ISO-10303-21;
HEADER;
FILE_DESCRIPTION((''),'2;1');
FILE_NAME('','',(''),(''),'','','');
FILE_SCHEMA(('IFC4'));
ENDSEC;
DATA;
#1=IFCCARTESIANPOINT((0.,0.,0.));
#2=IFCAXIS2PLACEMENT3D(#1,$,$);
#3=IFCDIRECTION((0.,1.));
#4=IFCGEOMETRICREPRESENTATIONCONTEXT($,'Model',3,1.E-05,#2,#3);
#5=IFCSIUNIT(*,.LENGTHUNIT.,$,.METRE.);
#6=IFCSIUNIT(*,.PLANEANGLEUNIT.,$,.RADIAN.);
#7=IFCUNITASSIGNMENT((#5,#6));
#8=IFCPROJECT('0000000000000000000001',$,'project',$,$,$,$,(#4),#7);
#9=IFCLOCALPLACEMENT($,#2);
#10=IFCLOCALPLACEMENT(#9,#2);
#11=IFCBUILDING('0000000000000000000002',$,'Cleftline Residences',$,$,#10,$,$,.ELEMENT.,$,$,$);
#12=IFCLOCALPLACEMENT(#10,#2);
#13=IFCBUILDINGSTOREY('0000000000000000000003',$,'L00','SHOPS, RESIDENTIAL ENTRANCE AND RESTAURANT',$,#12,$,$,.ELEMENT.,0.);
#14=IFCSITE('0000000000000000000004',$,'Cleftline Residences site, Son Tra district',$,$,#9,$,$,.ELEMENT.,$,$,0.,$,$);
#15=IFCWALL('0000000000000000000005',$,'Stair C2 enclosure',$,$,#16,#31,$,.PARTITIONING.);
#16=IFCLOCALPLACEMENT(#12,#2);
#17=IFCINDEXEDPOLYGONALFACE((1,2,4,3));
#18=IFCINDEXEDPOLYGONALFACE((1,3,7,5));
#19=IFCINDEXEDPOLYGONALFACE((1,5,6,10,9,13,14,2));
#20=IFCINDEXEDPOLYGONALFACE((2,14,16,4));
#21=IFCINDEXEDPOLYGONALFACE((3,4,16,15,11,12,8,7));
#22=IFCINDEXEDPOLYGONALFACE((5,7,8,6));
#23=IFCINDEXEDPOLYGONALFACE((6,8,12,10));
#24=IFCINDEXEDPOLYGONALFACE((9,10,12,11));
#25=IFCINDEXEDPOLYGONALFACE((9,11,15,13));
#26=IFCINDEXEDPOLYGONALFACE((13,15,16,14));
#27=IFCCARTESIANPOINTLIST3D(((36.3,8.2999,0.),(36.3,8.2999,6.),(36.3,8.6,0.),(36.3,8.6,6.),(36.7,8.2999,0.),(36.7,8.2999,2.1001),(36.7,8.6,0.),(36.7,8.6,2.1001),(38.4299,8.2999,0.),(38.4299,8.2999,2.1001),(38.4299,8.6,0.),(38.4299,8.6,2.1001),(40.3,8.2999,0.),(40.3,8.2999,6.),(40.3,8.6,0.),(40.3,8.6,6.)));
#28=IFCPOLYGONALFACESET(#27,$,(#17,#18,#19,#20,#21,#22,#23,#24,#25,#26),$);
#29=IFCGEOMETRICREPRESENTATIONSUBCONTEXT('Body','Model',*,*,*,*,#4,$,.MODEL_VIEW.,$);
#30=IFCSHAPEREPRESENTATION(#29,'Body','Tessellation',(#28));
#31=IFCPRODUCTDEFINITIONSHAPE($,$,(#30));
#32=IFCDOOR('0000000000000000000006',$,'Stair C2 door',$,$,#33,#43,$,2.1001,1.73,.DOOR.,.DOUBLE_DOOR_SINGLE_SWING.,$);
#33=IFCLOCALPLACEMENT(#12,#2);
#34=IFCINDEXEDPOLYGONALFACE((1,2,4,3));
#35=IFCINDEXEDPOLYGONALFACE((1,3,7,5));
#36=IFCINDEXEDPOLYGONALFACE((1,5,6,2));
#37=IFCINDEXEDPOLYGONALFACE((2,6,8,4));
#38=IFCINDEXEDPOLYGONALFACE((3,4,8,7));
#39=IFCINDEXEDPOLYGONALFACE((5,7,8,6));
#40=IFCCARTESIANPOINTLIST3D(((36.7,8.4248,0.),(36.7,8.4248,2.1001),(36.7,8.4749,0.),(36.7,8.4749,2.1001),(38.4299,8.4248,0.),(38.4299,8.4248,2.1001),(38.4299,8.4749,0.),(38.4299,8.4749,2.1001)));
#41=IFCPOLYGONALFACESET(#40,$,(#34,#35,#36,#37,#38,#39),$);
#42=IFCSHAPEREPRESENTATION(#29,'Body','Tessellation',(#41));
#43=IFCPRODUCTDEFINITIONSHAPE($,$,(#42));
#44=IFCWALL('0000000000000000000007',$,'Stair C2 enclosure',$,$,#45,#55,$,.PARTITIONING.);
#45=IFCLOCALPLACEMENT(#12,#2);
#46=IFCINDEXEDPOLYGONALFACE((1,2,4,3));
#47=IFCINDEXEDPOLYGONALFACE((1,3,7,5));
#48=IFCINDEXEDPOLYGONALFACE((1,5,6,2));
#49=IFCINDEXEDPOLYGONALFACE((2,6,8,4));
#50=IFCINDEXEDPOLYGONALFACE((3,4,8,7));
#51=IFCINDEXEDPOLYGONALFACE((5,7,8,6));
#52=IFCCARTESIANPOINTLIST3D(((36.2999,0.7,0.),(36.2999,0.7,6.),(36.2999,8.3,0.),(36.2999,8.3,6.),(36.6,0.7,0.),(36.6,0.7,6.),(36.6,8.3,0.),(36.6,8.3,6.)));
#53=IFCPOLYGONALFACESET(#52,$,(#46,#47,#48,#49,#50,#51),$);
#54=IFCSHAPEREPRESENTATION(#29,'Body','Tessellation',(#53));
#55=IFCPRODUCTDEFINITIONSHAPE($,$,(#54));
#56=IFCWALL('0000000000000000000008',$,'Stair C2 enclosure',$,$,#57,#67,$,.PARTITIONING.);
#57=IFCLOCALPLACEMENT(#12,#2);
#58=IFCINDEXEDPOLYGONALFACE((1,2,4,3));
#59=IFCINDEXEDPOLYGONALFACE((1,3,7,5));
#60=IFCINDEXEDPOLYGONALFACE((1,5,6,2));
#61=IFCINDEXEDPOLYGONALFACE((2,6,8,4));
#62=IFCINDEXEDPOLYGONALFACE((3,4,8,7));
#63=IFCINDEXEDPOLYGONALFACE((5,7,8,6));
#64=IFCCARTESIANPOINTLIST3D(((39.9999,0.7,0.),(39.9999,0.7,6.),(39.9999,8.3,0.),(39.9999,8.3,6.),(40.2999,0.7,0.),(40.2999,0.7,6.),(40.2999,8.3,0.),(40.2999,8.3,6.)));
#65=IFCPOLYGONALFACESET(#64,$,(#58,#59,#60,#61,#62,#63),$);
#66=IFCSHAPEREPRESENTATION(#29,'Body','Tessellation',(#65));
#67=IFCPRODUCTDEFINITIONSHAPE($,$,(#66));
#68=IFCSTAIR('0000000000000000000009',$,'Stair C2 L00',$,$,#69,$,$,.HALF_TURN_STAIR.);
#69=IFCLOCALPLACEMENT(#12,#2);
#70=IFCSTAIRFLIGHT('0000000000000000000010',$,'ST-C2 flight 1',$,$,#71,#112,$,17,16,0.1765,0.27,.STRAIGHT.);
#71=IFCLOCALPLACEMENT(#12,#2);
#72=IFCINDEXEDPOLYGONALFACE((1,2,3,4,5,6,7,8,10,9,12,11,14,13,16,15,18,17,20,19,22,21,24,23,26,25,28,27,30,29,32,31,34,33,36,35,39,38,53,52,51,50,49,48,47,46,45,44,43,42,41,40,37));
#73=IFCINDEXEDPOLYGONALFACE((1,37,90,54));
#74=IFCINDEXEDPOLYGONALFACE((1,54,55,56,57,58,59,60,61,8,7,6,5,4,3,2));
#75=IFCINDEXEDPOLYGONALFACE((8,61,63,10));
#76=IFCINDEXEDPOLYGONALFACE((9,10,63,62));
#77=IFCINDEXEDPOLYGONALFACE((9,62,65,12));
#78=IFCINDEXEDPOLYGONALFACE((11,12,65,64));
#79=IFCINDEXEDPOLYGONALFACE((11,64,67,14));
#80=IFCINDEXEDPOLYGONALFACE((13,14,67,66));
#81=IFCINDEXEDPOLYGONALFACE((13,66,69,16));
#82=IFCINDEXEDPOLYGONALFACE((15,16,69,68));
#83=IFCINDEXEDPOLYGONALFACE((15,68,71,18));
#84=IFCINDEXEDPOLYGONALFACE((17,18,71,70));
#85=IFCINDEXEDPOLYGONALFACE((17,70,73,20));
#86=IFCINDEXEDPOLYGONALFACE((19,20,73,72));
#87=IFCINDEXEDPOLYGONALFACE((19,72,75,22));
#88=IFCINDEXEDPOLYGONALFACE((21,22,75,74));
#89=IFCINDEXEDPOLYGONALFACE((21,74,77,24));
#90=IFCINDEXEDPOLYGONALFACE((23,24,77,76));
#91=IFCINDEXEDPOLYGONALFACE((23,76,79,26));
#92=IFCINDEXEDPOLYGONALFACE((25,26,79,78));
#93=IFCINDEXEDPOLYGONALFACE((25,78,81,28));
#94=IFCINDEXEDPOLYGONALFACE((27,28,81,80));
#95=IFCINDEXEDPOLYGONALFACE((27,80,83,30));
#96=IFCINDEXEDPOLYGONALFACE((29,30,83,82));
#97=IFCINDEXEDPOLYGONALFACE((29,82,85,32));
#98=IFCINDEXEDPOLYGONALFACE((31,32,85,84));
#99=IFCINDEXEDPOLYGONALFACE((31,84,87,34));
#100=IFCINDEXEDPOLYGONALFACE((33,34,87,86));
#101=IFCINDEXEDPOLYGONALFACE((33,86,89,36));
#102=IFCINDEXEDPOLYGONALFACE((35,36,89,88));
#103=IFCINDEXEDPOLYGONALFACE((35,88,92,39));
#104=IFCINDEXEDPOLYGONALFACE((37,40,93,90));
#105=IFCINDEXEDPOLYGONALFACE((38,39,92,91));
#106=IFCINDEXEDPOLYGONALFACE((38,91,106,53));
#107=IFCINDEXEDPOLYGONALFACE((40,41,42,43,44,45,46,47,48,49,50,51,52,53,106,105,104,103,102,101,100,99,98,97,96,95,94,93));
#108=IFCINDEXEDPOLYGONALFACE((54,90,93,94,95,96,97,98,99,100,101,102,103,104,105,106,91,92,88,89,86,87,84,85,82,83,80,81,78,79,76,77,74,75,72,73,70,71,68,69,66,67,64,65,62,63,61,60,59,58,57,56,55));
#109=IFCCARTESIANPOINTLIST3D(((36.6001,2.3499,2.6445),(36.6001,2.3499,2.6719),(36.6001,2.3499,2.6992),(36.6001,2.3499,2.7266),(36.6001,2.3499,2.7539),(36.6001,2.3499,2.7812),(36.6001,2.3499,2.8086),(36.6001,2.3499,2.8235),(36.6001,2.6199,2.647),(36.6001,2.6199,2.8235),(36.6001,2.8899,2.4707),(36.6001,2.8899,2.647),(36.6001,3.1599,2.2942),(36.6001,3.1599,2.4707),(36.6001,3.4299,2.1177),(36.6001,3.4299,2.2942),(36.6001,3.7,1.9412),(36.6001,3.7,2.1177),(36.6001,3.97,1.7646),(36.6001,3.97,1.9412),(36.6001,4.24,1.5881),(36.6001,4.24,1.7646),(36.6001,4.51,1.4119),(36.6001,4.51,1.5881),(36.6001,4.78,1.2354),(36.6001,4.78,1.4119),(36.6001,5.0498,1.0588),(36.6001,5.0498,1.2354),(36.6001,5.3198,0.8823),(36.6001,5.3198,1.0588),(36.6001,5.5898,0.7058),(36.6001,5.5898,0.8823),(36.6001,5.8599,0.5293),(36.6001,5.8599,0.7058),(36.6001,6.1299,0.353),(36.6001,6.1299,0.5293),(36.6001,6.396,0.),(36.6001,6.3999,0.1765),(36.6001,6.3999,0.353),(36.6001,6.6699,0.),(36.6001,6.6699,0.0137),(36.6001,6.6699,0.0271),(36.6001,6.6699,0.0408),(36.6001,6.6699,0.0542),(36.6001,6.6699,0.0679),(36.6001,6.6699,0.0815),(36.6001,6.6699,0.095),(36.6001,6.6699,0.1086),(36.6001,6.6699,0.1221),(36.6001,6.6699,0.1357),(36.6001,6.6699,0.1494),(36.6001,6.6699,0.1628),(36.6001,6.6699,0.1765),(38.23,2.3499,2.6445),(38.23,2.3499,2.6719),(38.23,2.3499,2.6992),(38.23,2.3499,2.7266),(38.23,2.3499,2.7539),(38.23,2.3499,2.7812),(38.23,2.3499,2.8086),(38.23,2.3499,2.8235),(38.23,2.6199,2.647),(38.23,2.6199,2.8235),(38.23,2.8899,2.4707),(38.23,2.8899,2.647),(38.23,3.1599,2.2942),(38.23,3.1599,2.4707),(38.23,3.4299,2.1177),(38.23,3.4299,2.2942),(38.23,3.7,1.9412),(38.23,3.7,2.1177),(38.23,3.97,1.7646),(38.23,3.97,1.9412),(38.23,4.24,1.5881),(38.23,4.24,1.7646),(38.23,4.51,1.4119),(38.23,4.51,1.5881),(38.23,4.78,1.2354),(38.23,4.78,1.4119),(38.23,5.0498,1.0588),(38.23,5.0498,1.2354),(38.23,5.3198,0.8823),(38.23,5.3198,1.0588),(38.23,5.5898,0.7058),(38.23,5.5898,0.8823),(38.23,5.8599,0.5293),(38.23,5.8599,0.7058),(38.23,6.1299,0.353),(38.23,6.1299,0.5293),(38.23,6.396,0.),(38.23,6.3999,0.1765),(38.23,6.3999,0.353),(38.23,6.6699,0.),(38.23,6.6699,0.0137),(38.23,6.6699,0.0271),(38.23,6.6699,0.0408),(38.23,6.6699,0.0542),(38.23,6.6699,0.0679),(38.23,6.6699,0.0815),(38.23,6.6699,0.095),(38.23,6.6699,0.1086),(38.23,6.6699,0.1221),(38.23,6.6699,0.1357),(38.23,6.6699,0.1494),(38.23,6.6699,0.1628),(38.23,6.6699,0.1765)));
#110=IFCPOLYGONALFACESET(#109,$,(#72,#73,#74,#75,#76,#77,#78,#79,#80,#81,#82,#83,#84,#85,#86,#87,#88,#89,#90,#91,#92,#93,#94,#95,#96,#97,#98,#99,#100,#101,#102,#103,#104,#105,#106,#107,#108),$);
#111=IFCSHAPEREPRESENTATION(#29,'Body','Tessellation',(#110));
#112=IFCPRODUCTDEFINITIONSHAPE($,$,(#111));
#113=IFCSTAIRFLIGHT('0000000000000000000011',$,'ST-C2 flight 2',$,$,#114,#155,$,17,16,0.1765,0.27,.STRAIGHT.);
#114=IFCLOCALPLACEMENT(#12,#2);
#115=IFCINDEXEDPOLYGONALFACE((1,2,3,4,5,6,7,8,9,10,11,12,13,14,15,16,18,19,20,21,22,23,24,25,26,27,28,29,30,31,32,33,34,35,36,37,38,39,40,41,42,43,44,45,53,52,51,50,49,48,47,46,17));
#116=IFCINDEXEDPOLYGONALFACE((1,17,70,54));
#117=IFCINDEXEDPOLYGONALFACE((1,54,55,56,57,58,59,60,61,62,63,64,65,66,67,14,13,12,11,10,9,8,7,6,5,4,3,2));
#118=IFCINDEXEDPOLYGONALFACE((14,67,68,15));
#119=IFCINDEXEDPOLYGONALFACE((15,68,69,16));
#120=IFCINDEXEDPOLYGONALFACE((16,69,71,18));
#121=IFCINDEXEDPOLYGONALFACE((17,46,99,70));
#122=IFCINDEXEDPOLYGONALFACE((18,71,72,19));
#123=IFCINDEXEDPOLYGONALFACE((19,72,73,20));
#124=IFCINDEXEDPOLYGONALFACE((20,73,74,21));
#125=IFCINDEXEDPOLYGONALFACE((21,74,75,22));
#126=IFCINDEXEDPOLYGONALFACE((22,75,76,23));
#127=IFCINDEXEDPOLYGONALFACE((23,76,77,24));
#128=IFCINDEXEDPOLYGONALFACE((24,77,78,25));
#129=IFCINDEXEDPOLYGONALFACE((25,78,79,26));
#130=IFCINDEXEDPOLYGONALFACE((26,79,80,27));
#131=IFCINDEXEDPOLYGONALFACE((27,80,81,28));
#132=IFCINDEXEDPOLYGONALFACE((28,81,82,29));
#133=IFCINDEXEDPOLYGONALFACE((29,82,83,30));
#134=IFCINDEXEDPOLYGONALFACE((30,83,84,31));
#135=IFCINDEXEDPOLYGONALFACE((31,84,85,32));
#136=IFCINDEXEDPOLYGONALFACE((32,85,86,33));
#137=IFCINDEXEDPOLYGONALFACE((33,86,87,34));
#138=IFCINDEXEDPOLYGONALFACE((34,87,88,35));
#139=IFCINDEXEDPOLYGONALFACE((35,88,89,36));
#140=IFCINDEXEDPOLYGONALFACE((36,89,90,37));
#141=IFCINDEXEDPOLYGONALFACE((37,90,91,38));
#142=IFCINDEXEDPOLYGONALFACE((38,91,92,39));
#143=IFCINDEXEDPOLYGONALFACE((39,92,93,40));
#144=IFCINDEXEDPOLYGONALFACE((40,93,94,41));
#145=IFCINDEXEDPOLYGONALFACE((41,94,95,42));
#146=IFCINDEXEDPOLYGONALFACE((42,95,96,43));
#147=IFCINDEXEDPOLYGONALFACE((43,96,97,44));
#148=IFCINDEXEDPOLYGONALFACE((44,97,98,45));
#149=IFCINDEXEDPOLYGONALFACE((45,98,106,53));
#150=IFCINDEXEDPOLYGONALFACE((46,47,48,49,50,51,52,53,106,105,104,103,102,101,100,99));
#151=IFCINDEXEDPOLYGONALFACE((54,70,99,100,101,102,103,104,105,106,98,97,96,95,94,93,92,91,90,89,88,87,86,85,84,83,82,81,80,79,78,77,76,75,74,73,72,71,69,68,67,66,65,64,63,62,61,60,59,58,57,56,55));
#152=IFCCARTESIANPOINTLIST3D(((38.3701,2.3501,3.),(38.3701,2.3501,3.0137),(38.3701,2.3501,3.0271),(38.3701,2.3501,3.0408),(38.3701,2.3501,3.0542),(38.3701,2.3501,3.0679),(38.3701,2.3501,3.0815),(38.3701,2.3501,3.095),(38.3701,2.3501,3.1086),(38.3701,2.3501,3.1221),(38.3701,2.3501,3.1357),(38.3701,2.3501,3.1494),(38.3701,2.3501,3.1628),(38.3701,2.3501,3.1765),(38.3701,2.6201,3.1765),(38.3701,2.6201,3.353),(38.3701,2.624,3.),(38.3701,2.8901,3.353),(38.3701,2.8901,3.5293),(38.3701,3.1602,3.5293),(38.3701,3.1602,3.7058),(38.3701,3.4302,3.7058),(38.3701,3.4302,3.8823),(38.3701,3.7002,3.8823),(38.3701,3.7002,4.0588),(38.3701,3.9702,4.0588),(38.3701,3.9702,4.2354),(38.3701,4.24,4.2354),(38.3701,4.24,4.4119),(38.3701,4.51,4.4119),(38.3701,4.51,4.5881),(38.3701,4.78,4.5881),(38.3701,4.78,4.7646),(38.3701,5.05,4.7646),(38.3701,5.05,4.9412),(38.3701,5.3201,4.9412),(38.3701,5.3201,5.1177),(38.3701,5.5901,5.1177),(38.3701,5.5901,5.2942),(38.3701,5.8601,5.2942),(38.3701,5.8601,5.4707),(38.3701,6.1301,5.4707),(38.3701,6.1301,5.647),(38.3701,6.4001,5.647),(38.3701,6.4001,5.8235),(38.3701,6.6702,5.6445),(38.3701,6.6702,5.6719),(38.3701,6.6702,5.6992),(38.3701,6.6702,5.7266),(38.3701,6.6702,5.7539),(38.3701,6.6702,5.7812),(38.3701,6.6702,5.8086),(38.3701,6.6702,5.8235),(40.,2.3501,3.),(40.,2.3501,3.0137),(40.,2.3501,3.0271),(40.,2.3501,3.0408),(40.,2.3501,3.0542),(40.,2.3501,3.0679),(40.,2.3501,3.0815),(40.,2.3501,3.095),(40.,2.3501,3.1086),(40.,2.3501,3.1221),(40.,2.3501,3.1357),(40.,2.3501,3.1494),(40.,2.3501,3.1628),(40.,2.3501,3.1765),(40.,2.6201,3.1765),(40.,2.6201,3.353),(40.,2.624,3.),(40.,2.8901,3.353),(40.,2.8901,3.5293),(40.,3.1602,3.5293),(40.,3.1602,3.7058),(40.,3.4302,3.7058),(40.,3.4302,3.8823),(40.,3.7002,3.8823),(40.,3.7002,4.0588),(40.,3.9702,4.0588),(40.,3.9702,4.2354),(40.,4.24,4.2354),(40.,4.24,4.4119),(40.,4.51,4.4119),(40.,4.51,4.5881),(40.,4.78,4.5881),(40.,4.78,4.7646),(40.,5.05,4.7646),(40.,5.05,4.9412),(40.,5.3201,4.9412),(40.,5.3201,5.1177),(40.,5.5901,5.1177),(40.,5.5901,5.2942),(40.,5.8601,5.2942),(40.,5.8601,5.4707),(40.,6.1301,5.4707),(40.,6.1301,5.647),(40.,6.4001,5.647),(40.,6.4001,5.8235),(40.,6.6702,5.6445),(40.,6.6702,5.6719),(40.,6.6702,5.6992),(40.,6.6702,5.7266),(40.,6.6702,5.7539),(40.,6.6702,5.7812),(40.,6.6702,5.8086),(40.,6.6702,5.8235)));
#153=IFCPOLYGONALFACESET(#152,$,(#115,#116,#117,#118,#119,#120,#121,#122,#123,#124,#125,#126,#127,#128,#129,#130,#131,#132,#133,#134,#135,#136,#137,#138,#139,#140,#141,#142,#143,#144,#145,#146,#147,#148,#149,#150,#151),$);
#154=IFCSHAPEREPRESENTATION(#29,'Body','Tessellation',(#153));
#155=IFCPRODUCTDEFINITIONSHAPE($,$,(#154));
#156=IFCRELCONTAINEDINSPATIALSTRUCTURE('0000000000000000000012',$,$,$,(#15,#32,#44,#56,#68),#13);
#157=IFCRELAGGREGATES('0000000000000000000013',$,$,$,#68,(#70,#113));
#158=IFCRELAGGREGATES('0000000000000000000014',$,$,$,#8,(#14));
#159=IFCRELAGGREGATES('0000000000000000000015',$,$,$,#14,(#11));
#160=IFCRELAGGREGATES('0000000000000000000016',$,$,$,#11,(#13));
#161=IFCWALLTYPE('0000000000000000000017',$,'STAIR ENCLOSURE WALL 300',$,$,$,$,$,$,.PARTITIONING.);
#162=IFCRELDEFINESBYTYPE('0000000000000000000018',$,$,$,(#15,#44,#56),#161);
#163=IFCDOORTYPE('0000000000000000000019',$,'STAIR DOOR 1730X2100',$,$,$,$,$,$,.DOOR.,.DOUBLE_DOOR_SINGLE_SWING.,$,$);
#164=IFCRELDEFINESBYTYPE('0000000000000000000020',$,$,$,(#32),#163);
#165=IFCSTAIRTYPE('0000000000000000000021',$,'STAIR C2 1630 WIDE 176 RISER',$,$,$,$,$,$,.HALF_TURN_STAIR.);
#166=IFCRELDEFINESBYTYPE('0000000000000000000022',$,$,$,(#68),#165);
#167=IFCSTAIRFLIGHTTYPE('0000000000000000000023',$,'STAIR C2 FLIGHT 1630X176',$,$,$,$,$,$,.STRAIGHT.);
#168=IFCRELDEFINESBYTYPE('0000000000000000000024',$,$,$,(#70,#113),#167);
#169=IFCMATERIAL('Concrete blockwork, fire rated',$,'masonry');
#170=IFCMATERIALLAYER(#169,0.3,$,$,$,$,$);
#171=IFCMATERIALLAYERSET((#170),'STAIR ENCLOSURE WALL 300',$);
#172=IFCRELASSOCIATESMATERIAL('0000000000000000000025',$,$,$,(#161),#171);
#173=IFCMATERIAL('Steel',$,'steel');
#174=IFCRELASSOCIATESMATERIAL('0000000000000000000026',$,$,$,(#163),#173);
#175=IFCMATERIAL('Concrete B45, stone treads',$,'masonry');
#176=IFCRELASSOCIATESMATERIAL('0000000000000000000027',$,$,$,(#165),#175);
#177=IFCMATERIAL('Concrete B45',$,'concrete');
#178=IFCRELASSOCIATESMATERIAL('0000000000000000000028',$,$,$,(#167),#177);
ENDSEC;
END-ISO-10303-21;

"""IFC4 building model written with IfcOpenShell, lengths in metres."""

from ifc_helpers import new_model, si_unit, direction, frame, frame_2d, origin, place, context, subcontext, project, spatial, polyline, rectangle, outline, extrude, material, layer, layer_set, type_object, element, fill, aggregate, save


model = new_model("IFC4")

# Units and contexts
model_context = context("Model", 3, precision=1e-05, world=origin(), true_north=direction((0.0, 1.0)))
body_context = subcontext(model_context, "Body", "Model", "MODEL_VIEW")
ifc_project = project(units=[si_unit("LENGTHUNIT", "METRE"), si_unit("PLANEANGLEUNIT", "RADIAN")], contexts=[model_context])

# Site, building, storey
site_placement = place(None, origin())
site = spatial("IfcSite", under=ifc_project, at=site_placement, Name="Cleftline Residences site, Son Tra district", CompositionType="ELEMENT", RefElevation=0.0)
building_placement = place(site_placement, origin())
building = spatial("IfcBuilding", under=site, at=building_placement, Name="Cleftline Residences", CompositionType="ELEMENT")
storey_placement = place(building_placement, origin())
storey = spatial("IfcBuildingStorey", under=building, at=storey_placement, Name="L00", Description="SHOPS, RESIDENTIAL ENTRANCE AND RESTAURANT", CompositionType="ELEMENT", Elevation=0.0)

# Shared definitions
ifc_material_1 = material(Name="Concrete blockwork, fire rated", Category="masonry")
ifc_layer_1 = layer(ifc_material_1, 0.3)
ifc_layer_set_1 = layer_set([ifc_layer_1], Name="STAIR ENCLOSURE WALL 300")
wall_type_1 = type_object("IfcWallType", Name="STAIR ENCLOSURE WALL 300", PredefinedType="PARTITIONING", material=ifc_layer_set_1)

# Wall, opening, door
wall_1_placement = place(storey_placement, frame((36.3, 8.45, 0.0), z_axis=(0.0, 0.0, 1.0), x_axis=(1.0, 0.0, 0.0)))
wall_1 = element("IfcWall", 1, at=wall_1_placement, inside=storey, type_object=wall_type_1, Name="Stair C2 enclosure", PredefinedType="PARTITIONING", context=body_context, shape_type="SweptSolid", body=[
    extrude(rectangle(XDim=4.0, YDim=0.3, at=frame_2d((2.0, 0.0))), origin(), (0.0, 0.0, 1.0), 6.0),
])
opening_1_placement = place(wall_1_placement, frame((0.3999, 0.0, 0.0)))
opening_1 = element("IfcOpeningElement", 2, at=opening_1_placement, cuts=wall_1, PredefinedType="OPENING", context=body_context, shape_type="SweptSolid", body=[
    extrude(rectangle(XDim=1.73, YDim=2.1001, at=frame_2d((0.865, 1.05))), frame((0.0, 0.1599, 0.0), z_axis=(0.0, -1.0, 0.0), x_axis=(1.0, 0.0, 0.0)), (0.0, 0.0, 1.0), 0.3201),
])
ifc_material_2 = material(Name="Steel", Category="steel")
door_type_1 = type_object("IfcDoorType", Name="STAIR DOOR 1730X2100", OperationType="DOUBLE_DOOR_SINGLE_SWING", PredefinedType="DOOR", material=ifc_material_2)
door_1_placement = place(opening_1_placement, origin())
door_1 = element("IfcDoor", 3, at=door_1_placement, inside=storey, type_object=door_type_1, Name="Stair C2 door", OperationType="DOUBLE_DOOR_SINGLE_SWING", OverallHeight=2.1001, OverallWidth=1.73, PredefinedType="DOOR", context=body_context, shape_type="SweptSolid", body=[
    extrude(rectangle(XDim=1.73, YDim=2.1001, at=frame_2d((0.865, 1.05))), frame((0.0, 0.0249, 0.0), z_axis=(0.0, -1.0, 0.0), x_axis=(1.0, 0.0, 0.0)), (0.0, 0.0, 1.0), 0.05),
])
fill(opening_1, door_1)

# Walls
for number, where, z_axis, x_axis, name in (
    (4, (36.45, 0.7, 0.0), (0.0, 0.0, 1.0), (0.0, 1.0, 0.0), "Stair C2 enclosure"),
    (5, (40.1499, 0.7, 0.0), (0.0, 0.0, 1.0), (0.0, 1.0, 0.0), "Stair C2 enclosure"),
):
    element("IfcWall", number, at=place(storey_placement, frame(where, z_axis=z_axis, x_axis=x_axis)), inside=storey, type_object=wall_type_1, Name=name, PredefinedType="PARTITIONING", context=body_context, shape_type="SweptSolid", body=[
        extrude(rectangle(XDim=7.6001, YDim=0.3, at=frame_2d((3.8, 0.0))), origin(), (0.0, 0.0, 1.0), 6.0),
    ])

# Stair, stair flights
ifc_material_3 = material(Name="Concrete B45, stone treads", Category="masonry")
stair_type = type_object("IfcStairType", Name="STAIR C2 1630 WIDE 176 RISER", PredefinedType="HALF_TURN_STAIR", material=ifc_material_3)
stair_placement = place(storey_placement, origin())
stair = element("IfcStair", 6, at=stair_placement, inside=storey, type_object=stair_type, Name="Stair C2 L00", PredefinedType="HALF_TURN_STAIR")
ifc_material_4 = material(Name="Concrete B45", Category="concrete")
stair_flight_type = type_object("IfcStairFlightType", Name="STAIR C2 FLIGHT 1630X176", PredefinedType="STRAIGHT", material=ifc_material_4)
stair_flight_1_placement = place(storey_placement, frame((37.415, 6.6699, 0.0), z_axis=(0.0, 0.0, 1.0), x_axis=(0.0, -1.0, 0.0)))
stair_flight_1 = element("IfcStairFlight", 7, at=stair_flight_1_placement, type_object=stair_flight_type, Name="ST-C2 flight 1", NumberOfRisers=17, NumberOfTreads=16, PredefinedType="STRAIGHT", RiserHeight=0.1765, TreadLength=0.27, context=body_context, shape_type="SweptSolid", body=[
    extrude(outline(polyline([(0.0, 0.0), (0.0, 0.0137), (0.0, 0.0271), (0.0, 0.0408), (0.0, 0.0542), (0.0, 0.0679), (0.0, 0.0815), (0.0, 0.095), (0.0, 0.1086), (0.0, 0.1221), (0.0, 0.1357), (0.0, 0.1494), (0.0, 0.1628), (0.0, 0.1765), (0.27, 0.1765), (0.27, 0.353), (0.54, 0.353), (0.54, 0.5293), (0.8101, 0.5293), (0.8101, 0.7058), (1.0801, 0.7058), (1.0801, 0.8823), (1.3501, 0.8823), (1.3501, 1.0588), (1.6201, 1.0588), (1.6201, 1.2354), (1.8899, 1.2354), (1.8899, 1.4119), (2.1599, 1.4119), (2.1599, 1.5881), (2.4299, 1.5881), (2.4299, 1.7646), (2.7, 1.7646), (2.7, 1.9412), (2.97, 1.9412), (2.97, 2.1177), (3.24, 2.1177), (3.24, 2.2942), (3.51, 2.2942), (3.51, 2.4707), (3.78, 2.4707), (3.78, 2.647), (4.05, 2.647), (4.05, 2.8235), (4.3201, 2.8235), (4.3201, 3.0), (4.3201, 2.9727), (4.3201, 2.9453), (4.3201, 2.918), (4.3201, 2.8906), (4.3201, 2.8633), (4.3201, 2.8359), (4.3201, 2.8086), (4.3201, 2.7812), (4.3201, 2.7539), (4.3201, 2.7266), (4.3201, 2.6992), (4.3201, 2.6719), (4.3201, 2.6445), (0.2739, 0.0), (0.0, 0.0)])), frame((0.0, 0.8149, 0.0), z_axis=(0.0, -1.0, 0.0), x_axis=(1.0, 0.0, 0.0)), (0.0, 0.0, 1.0), 1.6299),
])
stair_flight_2_placement = place(storey_placement, frame((39.1851, 2.3501, 3.0), z_axis=(0.0, 0.0, 1.0), x_axis=(0.0, 1.0, 0.0)))
stair_flight_2 = element("IfcStairFlight", 8, at=stair_flight_2_placement, type_object=stair_flight_type, Name="ST-C2 flight 2", NumberOfRisers=17, NumberOfTreads=16, PredefinedType="STRAIGHT", RiserHeight=0.1765, TreadLength=0.27, context=body_context, shape_type="SweptSolid", body=[
    extrude(outline(polyline([(0.0, 0.0), (0.0, 0.0137), (0.0, 0.0271), (0.0, 0.0408), (0.0, 0.0542), (0.0, 0.0679), (0.0, 0.0815), (0.0, 0.095), (0.0, 0.1086), (0.0, 0.1221), (0.0, 0.1357), (0.0, 0.1494), (0.0, 0.1628), (0.0, 0.1765), (0.27, 0.1765), (0.27, 0.353), (0.54, 0.353), (0.54, 0.5293), (0.8101, 0.5293), (0.8101, 0.7058), (1.0801, 0.7058), (1.0801, 0.8823), (1.3501, 0.8823), (1.3501, 1.0588), (1.6201, 1.0588), (1.6201, 1.2354), (1.8899, 1.2354), (1.8899, 1.4119), (2.1599, 1.4119), (2.1599, 1.5881), (2.4299, 1.5881), (2.4299, 1.7646), (2.7, 1.7646), (2.7, 1.9412), (2.97, 1.9412), (2.97, 2.1177), (3.24, 2.1177), (3.24, 2.2942), (3.51, 2.2942), (3.51, 2.4707), (3.78, 2.4707), (3.78, 2.647), (4.05, 2.647), (4.05, 2.8235), (4.3201, 2.8235), (4.3201, 3.0), (4.3201, 2.9727), (4.3201, 2.9453), (4.3201, 2.918), (4.3201, 2.8906), (4.3201, 2.8633), (4.3201, 2.8359), (4.3201, 2.8086), (4.3201, 2.7812), (4.3201, 2.7539), (4.3201, 2.7266), (4.3201, 2.6992), (4.3201, 2.6719), (4.3201, 2.6445), (0.2739, 0.0), (0.0, 0.0)])), frame((0.0, 0.8149, 0.0), z_axis=(0.0, -1.0, 0.0), x_axis=(1.0, 0.0, 0.0)), (0.0, 0.0, 1.0), 1.6299),
])
aggregate(stair, [stair_flight_1, stair_flight_2])

save(model, "model.ifc")
